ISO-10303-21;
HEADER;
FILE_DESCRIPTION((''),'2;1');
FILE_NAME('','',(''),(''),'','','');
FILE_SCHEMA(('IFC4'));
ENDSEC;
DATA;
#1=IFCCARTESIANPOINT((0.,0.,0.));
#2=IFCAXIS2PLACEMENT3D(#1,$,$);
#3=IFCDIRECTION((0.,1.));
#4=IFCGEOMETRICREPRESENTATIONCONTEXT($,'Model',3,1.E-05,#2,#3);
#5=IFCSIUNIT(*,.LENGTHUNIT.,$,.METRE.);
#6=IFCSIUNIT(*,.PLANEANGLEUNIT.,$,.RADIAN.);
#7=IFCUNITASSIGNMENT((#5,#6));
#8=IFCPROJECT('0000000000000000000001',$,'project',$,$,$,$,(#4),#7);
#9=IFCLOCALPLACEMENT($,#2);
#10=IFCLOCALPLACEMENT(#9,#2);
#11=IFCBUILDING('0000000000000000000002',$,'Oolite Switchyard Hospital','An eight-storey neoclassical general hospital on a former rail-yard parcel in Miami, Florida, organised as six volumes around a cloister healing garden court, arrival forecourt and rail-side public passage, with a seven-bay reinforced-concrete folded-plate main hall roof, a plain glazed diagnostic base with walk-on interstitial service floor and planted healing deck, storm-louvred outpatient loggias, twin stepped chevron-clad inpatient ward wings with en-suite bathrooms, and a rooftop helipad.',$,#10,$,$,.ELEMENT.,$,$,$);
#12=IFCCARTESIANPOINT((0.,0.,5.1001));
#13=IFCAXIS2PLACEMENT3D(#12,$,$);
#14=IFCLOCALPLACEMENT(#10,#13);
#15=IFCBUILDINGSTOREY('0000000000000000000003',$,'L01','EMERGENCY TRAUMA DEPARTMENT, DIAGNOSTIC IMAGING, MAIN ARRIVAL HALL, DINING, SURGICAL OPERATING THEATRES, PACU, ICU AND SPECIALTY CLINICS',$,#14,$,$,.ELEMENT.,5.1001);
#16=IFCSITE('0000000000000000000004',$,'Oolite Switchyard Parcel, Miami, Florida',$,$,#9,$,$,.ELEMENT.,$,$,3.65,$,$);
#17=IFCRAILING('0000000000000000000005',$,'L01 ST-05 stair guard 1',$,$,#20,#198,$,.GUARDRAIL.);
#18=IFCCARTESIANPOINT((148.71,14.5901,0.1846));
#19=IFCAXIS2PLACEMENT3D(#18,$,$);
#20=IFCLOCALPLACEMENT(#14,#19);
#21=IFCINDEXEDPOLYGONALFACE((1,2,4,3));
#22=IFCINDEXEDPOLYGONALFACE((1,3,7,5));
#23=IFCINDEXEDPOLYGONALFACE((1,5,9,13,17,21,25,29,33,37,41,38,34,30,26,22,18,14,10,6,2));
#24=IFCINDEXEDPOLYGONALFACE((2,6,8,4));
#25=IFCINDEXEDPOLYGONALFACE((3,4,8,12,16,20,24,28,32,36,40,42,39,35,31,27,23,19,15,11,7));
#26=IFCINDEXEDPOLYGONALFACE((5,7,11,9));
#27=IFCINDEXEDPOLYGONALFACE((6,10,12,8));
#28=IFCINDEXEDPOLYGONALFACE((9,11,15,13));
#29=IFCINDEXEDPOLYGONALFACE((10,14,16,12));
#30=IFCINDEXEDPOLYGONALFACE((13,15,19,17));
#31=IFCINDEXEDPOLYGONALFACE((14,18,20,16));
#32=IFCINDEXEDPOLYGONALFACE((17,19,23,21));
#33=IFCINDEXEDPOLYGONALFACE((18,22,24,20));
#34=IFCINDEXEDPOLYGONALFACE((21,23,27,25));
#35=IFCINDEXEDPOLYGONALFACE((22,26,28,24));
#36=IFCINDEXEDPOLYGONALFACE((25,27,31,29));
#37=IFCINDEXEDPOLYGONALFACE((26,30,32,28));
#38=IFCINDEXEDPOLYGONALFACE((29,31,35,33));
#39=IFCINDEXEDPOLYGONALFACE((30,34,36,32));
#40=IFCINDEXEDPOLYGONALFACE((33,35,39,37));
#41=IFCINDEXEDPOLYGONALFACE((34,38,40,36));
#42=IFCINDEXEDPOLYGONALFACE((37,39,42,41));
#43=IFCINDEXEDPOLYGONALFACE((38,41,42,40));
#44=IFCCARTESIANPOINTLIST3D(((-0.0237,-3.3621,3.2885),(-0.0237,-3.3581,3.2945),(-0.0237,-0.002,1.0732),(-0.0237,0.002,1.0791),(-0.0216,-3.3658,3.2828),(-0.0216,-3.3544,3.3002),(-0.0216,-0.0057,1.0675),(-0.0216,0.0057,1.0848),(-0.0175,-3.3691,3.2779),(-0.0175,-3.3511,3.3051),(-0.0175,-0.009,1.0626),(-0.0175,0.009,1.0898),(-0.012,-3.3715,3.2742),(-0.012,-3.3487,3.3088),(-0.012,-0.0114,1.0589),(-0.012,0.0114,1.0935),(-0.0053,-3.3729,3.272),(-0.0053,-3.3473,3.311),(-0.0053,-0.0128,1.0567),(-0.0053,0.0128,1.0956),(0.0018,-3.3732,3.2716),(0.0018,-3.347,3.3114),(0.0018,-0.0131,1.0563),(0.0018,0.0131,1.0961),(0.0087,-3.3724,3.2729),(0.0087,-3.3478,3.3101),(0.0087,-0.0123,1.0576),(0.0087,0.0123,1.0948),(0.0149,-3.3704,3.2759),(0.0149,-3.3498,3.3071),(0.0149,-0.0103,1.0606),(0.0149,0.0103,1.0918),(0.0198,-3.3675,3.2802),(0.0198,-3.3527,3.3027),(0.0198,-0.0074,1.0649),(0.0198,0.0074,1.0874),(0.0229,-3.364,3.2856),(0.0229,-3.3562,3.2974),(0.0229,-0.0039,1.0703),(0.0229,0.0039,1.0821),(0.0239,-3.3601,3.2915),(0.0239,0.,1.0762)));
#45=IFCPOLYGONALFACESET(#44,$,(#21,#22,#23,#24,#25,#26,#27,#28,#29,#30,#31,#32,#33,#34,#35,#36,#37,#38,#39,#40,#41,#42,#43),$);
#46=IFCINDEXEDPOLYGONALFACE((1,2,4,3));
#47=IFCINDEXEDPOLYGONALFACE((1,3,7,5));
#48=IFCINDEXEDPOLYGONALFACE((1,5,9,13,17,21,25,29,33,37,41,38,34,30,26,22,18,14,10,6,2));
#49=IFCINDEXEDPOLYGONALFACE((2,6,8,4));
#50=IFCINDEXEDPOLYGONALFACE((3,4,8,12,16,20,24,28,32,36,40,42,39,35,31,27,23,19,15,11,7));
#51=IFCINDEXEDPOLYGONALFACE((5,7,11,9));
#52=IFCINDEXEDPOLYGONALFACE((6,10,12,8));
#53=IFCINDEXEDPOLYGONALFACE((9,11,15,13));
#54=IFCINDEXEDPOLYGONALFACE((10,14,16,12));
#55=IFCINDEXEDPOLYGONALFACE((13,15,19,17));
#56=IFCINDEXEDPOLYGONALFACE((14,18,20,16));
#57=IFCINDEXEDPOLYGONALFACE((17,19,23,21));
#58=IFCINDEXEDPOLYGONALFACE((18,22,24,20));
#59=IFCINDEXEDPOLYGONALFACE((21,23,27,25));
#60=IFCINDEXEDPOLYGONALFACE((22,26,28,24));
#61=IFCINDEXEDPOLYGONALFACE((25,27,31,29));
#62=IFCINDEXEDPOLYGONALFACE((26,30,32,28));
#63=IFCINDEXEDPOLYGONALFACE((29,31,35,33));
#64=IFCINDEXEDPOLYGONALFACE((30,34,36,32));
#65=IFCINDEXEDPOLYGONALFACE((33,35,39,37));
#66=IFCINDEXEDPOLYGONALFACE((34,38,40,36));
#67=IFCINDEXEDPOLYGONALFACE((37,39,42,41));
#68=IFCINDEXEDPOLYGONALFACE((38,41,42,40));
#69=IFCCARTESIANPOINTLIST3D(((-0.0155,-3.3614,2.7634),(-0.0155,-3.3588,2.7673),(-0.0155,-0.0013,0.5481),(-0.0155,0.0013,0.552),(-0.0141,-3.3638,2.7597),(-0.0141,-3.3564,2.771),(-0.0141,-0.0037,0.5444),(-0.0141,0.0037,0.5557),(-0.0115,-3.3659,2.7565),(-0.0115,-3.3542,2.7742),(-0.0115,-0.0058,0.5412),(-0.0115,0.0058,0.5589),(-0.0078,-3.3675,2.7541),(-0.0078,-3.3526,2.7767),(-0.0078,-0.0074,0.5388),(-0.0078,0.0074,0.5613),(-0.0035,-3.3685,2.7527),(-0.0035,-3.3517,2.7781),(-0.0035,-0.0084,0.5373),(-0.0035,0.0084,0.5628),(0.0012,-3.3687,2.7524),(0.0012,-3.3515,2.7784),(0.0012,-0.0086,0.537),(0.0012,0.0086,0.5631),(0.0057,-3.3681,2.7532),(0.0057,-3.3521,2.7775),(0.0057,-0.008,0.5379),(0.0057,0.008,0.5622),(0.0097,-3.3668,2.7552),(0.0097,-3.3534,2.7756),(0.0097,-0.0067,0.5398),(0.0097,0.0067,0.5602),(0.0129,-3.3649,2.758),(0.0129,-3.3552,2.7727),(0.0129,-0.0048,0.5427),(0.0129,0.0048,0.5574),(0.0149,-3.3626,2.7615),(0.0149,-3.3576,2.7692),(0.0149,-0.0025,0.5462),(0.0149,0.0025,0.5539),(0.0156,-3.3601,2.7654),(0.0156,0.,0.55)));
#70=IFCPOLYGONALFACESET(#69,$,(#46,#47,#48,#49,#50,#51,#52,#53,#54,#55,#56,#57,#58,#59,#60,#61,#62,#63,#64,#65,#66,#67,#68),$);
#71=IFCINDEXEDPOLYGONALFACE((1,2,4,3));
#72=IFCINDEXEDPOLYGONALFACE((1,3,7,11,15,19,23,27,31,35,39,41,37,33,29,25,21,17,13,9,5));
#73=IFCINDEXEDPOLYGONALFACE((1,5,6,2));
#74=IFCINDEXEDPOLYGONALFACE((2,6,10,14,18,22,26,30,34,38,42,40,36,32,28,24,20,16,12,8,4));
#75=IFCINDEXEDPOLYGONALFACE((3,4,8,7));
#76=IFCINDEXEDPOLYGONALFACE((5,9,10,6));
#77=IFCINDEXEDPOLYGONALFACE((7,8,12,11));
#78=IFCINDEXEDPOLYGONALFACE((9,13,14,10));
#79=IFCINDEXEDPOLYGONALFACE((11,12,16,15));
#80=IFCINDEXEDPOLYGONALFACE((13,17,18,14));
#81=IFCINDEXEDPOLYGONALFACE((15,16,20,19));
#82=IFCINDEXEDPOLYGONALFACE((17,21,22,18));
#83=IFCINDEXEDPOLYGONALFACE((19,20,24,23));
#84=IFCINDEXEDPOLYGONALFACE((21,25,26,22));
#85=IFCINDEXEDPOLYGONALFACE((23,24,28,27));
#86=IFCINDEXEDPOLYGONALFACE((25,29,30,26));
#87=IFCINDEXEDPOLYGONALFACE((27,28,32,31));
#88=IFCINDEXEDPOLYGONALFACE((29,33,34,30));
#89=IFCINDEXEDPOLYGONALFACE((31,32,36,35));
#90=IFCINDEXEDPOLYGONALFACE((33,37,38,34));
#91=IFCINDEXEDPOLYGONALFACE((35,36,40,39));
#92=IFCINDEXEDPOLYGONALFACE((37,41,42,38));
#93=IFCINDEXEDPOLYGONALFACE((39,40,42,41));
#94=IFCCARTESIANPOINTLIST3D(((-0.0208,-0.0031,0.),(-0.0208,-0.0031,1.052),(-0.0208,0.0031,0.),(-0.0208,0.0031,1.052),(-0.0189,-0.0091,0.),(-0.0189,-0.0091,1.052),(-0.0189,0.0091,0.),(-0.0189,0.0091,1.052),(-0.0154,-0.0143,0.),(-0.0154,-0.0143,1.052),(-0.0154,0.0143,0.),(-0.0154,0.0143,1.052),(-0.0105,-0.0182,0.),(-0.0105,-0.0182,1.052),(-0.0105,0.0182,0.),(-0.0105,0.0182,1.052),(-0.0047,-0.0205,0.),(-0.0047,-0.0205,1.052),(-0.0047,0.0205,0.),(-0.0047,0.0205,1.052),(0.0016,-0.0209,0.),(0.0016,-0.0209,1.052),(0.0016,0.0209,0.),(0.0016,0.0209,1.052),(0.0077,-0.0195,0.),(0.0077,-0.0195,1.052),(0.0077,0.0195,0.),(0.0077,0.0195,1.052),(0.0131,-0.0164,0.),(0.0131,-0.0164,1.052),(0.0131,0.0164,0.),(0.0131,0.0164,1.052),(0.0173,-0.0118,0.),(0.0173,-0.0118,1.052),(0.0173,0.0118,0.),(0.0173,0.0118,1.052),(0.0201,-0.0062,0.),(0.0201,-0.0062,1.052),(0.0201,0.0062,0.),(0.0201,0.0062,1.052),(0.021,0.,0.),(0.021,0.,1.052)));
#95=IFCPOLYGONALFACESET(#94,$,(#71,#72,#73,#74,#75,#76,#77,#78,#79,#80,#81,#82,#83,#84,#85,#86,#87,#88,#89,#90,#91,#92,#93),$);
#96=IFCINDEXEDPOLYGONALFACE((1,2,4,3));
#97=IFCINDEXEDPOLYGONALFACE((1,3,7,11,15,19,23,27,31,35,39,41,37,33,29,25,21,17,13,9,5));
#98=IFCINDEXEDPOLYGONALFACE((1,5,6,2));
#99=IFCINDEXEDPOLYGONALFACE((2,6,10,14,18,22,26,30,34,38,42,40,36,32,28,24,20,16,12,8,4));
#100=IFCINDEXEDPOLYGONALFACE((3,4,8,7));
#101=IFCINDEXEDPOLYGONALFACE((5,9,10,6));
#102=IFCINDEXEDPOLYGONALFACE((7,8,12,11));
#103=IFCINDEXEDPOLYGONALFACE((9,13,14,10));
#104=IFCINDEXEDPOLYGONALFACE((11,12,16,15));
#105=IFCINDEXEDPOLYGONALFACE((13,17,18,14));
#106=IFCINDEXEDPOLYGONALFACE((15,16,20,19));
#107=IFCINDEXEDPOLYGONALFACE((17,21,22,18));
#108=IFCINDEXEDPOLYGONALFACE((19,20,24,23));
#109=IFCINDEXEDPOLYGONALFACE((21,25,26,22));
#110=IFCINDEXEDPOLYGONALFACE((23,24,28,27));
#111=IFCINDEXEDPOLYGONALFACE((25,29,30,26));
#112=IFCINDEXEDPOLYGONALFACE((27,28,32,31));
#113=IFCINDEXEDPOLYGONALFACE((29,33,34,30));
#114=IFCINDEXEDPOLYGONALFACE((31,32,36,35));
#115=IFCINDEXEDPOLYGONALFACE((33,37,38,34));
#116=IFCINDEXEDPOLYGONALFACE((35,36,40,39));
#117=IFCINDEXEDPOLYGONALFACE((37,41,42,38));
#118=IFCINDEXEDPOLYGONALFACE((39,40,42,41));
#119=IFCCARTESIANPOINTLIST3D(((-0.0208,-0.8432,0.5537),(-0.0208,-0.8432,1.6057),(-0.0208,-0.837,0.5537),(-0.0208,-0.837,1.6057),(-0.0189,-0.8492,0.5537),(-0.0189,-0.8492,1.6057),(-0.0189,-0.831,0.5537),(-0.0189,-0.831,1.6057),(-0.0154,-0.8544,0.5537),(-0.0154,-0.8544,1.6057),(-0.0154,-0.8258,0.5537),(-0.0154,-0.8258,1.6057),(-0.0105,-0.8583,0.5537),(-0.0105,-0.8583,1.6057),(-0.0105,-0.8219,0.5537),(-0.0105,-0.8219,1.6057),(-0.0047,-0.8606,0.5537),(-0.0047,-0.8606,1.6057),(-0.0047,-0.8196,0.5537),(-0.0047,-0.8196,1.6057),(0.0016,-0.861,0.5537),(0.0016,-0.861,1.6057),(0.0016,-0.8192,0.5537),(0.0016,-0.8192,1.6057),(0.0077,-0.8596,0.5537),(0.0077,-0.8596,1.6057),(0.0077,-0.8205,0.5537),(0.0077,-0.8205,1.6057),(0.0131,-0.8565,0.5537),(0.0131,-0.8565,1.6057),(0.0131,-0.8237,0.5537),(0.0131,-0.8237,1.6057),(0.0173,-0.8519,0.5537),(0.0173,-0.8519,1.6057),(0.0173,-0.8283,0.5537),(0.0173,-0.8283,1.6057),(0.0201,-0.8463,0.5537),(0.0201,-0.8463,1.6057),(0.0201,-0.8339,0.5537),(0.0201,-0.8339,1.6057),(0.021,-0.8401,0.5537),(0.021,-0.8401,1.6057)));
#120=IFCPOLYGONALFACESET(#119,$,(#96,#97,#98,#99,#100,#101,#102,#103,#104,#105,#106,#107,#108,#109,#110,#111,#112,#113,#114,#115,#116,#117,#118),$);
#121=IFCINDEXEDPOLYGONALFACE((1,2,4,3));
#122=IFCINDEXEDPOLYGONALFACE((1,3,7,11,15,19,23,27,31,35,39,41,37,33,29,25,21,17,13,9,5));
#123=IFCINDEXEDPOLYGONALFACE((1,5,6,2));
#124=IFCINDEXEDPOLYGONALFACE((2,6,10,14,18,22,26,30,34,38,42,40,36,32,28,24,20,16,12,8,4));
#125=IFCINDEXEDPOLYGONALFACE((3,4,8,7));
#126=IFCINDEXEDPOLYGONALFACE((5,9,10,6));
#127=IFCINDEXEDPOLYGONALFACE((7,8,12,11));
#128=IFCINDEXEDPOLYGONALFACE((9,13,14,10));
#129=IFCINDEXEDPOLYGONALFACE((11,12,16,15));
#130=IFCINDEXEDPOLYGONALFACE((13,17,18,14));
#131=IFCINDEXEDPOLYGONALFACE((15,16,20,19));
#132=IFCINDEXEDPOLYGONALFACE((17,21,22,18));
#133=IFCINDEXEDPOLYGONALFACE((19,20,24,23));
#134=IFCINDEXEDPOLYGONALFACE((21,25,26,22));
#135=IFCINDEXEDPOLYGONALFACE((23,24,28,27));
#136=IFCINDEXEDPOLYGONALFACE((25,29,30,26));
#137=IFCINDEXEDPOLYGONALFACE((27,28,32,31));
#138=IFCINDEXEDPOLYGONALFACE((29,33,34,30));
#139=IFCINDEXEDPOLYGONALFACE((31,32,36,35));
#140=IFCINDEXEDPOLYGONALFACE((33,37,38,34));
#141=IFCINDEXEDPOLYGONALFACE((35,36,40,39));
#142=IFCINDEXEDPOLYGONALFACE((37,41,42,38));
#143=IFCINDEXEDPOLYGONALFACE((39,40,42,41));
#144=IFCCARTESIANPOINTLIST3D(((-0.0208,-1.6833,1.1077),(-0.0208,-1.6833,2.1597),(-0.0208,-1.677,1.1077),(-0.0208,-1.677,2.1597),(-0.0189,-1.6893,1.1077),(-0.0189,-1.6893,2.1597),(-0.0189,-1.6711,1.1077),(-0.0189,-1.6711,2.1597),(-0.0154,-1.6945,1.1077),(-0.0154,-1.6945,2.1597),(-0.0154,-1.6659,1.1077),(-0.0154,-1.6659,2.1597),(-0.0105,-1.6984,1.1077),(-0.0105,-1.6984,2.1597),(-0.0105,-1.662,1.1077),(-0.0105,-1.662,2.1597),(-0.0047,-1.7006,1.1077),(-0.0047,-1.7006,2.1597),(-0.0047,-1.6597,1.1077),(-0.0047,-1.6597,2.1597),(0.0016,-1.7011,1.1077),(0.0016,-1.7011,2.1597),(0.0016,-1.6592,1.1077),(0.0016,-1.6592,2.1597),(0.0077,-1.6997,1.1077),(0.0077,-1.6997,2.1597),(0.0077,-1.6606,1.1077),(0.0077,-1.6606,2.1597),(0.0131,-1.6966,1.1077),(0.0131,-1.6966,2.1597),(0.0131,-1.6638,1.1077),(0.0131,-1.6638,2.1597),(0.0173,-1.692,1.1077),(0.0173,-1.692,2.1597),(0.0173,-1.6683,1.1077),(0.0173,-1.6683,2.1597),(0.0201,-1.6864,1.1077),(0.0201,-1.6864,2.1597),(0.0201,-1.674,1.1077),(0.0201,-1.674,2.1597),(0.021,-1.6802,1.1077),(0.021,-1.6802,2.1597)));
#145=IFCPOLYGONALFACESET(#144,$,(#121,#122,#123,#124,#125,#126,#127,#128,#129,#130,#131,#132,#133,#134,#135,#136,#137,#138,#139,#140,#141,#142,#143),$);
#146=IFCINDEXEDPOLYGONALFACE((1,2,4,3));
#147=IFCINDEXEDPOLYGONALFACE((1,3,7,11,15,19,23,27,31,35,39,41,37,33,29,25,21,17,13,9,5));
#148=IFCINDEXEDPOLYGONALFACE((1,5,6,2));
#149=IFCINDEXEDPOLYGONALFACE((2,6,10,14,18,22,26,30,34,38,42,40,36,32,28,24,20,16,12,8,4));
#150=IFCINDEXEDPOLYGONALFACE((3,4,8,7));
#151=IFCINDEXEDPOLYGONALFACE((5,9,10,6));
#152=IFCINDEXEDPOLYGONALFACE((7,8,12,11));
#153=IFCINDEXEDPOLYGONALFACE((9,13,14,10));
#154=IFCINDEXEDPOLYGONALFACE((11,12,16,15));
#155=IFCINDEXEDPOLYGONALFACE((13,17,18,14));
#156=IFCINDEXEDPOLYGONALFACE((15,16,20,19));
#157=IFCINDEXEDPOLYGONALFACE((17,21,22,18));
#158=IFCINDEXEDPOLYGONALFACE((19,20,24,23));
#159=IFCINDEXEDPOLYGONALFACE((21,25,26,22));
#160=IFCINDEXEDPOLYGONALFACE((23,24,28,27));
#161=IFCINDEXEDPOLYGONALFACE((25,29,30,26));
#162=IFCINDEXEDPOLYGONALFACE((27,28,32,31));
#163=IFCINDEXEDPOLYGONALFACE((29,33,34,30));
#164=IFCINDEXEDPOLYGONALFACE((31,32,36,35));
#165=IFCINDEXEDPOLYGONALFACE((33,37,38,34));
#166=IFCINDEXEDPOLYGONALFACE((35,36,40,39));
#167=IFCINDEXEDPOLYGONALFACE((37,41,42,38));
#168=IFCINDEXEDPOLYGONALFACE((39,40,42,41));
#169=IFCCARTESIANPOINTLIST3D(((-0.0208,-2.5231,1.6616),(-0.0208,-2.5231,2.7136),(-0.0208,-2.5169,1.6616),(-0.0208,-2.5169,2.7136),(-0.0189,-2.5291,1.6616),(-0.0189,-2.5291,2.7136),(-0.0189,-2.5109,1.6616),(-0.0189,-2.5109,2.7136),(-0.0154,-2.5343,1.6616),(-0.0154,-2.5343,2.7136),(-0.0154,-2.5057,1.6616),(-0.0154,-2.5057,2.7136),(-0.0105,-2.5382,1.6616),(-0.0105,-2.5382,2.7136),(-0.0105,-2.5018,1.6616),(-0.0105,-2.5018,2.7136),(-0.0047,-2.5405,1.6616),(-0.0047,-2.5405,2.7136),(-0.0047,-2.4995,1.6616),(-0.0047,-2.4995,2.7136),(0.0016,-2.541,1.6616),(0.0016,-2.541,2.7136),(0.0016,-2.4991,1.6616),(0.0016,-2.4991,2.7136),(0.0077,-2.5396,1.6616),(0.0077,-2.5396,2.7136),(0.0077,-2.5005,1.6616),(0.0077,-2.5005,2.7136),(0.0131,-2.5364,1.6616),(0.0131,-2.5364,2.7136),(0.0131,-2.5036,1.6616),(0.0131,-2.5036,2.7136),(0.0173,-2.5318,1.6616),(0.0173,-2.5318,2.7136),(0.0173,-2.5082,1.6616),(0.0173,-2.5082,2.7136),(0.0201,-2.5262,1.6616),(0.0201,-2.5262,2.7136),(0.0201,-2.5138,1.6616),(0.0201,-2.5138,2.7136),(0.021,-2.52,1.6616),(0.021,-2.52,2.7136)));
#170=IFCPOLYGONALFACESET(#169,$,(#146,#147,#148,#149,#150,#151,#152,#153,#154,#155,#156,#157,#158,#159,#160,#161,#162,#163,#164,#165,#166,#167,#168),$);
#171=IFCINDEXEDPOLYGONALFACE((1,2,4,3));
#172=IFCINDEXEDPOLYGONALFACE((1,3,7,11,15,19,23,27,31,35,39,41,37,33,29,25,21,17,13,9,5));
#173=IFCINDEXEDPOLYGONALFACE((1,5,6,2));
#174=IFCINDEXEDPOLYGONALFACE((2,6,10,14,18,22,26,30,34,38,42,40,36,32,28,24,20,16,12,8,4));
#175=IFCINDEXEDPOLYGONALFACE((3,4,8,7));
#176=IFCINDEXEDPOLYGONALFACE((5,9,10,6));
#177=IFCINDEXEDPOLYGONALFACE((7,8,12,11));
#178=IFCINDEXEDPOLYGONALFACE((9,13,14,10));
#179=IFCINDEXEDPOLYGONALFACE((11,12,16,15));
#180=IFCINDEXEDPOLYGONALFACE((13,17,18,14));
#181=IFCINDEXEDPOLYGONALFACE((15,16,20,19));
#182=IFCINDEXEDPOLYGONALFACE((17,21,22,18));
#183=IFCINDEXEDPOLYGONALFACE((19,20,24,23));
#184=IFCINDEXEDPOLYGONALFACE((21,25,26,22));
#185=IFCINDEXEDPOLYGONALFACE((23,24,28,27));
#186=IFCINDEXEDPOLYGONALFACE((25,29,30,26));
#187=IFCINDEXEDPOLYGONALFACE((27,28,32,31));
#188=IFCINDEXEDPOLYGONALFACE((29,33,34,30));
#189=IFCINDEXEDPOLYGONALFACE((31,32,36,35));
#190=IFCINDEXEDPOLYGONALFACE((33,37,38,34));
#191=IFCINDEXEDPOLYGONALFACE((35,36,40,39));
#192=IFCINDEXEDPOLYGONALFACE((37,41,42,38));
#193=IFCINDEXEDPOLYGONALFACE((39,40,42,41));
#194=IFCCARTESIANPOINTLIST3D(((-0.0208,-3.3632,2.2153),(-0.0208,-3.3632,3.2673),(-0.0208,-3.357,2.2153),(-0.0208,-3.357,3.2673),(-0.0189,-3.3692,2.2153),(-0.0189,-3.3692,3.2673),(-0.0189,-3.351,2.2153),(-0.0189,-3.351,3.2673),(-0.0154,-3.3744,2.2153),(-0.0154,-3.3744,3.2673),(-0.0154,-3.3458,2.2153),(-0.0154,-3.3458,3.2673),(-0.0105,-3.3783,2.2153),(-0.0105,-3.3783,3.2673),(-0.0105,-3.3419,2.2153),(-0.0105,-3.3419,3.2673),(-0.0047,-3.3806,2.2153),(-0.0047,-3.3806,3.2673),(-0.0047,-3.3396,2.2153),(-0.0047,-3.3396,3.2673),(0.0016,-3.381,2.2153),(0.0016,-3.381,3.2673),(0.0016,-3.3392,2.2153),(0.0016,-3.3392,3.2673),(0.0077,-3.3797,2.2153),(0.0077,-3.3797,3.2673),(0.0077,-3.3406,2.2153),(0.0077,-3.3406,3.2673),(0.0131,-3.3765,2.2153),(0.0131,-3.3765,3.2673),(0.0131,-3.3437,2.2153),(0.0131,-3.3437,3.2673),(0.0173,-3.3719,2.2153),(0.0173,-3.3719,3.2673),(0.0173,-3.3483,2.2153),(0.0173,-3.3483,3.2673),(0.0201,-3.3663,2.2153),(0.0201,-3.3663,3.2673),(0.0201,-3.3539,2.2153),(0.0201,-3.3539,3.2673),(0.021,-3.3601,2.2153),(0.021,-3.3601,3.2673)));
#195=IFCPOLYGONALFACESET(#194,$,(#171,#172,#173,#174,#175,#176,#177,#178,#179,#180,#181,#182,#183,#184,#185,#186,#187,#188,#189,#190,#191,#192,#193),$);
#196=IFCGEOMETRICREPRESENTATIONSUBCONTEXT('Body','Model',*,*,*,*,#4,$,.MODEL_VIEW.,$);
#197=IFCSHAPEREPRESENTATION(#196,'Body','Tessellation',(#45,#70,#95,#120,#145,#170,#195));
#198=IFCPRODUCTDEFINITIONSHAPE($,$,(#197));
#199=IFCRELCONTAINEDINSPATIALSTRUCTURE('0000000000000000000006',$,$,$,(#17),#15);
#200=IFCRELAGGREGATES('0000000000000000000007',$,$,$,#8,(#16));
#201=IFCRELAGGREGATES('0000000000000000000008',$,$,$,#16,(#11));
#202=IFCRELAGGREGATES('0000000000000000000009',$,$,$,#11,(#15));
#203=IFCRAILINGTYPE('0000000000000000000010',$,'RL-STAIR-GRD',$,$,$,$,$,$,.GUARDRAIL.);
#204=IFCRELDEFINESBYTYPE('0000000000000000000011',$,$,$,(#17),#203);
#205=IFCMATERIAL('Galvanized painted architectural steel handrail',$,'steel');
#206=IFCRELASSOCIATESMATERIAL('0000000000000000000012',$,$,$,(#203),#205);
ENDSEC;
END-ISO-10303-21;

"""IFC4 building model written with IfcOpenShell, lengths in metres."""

from ifc_helpers import new_model, si_unit, direction, frame, origin, origin_2d, place, context, subcontext, project, spatial, circle, extrude, material, type_object, element, save


model = new_model("IFC4")

# Units and contexts
model_context = context("Model", 3, precision=1e-05, world=origin(), true_north=direction((0.0, 1.0)))
body_context = subcontext(model_context, "Body", "Model", "MODEL_VIEW")
ifc_project = project(units=[si_unit("LENGTHUNIT", "METRE"), si_unit("PLANEANGLEUNIT", "RADIAN")], contexts=[model_context])

# Site, building, storey
site_placement = place(None, origin())
site = spatial("IfcSite", under=ifc_project, at=site_placement, Name="Oolite Switchyard Parcel, Miami, Florida", CompositionType="ELEMENT", RefElevation=3.65)
building_placement = place(site_placement, origin())
building = spatial("IfcBuilding", under=site, at=building_placement, Name="Oolite Switchyard Hospital", Description="An eight-storey neoclassical general hospital on a former rail-yard parcel in Miami, Florida, organised as six volumes around a cloister healing garden court, arrival forecourt and rail-side public passage, with a seven-bay reinforced-concrete folded-plate main hall roof, a plain glazed diagnostic base with walk-on interstitial service floor and planted healing deck, storm-louvred outpatient loggias, twin stepped chevron-clad inpatient ward wings with en-suite bathrooms, and a rooftop helipad.", CompositionType="ELEMENT")
storey_placement = place(building_placement, frame((0.0, 0.0, 5.1001)))
storey = spatial("IfcBuildingStorey", under=building, at=storey_placement, Name="L01", Description="EMERGENCY TRAUMA DEPARTMENT, DIAGNOSTIC IMAGING, MAIN ARRIVAL HALL, DINING, SURGICAL OPERATING THEATRES, PACU, ICU AND SPECIALTY CLINICS", CompositionType="ELEMENT", Elevation=5.1001)

# Railing
ifc_material_1 = material(Name="Galvanized painted architectural steel handrail", Category="steel")
railing_type_1 = type_object("IfcRailingType", Name="RL-STAIR-GRD", PredefinedType="GUARDRAIL", material=ifc_material_1)
railing_1_placement = place(storey_placement, frame((148.71, 14.5901, 0.1846)))
element("IfcRailing", 1, at=railing_1_placement, inside=storey, type_object=railing_type_1, Name="L01 ST-05 stair guard 1", PredefinedType="GUARDRAIL", context=body_context, shape_type="SweptSolid", body=[
    extrude(circle(Radius=0.0239, at=origin_2d()), frame((0.0, 0.0, 1.0762), z_axis=(0.0, -0.834876, 0.550437), x_axis=(1.0, 0.0, 0.0)), (0.0, 0.0, 1.0), 4.0247),
    extrude(circle(Radius=0.0156, at=origin_2d()), frame((0.0, 0.0, 0.55), z_axis=(0.0, -0.834876, 0.550437), x_axis=(1.0, 0.0, 0.0)), (0.0, 0.0, 1.0), 4.0247),
    extrude(circle(Radius=0.021, at=origin_2d()), origin(), (0.0, 0.0, 1.0), 1.052),
    extrude(circle(Radius=0.021, at=origin_2d()), frame((0.0, -0.8401, 0.5537)), (0.0, 0.0, 1.0), 1.052),
    extrude(circle(Radius=0.021, at=origin_2d()), frame((0.0, -1.6802, 1.1077)), (0.0, 0.0, 1.0), 1.052),
    extrude(circle(Radius=0.021, at=origin_2d()), frame((0.0, -2.52, 1.6616)), (0.0, 0.0, 1.0), 1.052),
    extrude(circle(Radius=0.021, at=origin_2d()), frame((0.0, -3.3601, 2.2153)), (0.0, 0.0, 1.0), 1.052),
])

save(model, "model.ifc")
